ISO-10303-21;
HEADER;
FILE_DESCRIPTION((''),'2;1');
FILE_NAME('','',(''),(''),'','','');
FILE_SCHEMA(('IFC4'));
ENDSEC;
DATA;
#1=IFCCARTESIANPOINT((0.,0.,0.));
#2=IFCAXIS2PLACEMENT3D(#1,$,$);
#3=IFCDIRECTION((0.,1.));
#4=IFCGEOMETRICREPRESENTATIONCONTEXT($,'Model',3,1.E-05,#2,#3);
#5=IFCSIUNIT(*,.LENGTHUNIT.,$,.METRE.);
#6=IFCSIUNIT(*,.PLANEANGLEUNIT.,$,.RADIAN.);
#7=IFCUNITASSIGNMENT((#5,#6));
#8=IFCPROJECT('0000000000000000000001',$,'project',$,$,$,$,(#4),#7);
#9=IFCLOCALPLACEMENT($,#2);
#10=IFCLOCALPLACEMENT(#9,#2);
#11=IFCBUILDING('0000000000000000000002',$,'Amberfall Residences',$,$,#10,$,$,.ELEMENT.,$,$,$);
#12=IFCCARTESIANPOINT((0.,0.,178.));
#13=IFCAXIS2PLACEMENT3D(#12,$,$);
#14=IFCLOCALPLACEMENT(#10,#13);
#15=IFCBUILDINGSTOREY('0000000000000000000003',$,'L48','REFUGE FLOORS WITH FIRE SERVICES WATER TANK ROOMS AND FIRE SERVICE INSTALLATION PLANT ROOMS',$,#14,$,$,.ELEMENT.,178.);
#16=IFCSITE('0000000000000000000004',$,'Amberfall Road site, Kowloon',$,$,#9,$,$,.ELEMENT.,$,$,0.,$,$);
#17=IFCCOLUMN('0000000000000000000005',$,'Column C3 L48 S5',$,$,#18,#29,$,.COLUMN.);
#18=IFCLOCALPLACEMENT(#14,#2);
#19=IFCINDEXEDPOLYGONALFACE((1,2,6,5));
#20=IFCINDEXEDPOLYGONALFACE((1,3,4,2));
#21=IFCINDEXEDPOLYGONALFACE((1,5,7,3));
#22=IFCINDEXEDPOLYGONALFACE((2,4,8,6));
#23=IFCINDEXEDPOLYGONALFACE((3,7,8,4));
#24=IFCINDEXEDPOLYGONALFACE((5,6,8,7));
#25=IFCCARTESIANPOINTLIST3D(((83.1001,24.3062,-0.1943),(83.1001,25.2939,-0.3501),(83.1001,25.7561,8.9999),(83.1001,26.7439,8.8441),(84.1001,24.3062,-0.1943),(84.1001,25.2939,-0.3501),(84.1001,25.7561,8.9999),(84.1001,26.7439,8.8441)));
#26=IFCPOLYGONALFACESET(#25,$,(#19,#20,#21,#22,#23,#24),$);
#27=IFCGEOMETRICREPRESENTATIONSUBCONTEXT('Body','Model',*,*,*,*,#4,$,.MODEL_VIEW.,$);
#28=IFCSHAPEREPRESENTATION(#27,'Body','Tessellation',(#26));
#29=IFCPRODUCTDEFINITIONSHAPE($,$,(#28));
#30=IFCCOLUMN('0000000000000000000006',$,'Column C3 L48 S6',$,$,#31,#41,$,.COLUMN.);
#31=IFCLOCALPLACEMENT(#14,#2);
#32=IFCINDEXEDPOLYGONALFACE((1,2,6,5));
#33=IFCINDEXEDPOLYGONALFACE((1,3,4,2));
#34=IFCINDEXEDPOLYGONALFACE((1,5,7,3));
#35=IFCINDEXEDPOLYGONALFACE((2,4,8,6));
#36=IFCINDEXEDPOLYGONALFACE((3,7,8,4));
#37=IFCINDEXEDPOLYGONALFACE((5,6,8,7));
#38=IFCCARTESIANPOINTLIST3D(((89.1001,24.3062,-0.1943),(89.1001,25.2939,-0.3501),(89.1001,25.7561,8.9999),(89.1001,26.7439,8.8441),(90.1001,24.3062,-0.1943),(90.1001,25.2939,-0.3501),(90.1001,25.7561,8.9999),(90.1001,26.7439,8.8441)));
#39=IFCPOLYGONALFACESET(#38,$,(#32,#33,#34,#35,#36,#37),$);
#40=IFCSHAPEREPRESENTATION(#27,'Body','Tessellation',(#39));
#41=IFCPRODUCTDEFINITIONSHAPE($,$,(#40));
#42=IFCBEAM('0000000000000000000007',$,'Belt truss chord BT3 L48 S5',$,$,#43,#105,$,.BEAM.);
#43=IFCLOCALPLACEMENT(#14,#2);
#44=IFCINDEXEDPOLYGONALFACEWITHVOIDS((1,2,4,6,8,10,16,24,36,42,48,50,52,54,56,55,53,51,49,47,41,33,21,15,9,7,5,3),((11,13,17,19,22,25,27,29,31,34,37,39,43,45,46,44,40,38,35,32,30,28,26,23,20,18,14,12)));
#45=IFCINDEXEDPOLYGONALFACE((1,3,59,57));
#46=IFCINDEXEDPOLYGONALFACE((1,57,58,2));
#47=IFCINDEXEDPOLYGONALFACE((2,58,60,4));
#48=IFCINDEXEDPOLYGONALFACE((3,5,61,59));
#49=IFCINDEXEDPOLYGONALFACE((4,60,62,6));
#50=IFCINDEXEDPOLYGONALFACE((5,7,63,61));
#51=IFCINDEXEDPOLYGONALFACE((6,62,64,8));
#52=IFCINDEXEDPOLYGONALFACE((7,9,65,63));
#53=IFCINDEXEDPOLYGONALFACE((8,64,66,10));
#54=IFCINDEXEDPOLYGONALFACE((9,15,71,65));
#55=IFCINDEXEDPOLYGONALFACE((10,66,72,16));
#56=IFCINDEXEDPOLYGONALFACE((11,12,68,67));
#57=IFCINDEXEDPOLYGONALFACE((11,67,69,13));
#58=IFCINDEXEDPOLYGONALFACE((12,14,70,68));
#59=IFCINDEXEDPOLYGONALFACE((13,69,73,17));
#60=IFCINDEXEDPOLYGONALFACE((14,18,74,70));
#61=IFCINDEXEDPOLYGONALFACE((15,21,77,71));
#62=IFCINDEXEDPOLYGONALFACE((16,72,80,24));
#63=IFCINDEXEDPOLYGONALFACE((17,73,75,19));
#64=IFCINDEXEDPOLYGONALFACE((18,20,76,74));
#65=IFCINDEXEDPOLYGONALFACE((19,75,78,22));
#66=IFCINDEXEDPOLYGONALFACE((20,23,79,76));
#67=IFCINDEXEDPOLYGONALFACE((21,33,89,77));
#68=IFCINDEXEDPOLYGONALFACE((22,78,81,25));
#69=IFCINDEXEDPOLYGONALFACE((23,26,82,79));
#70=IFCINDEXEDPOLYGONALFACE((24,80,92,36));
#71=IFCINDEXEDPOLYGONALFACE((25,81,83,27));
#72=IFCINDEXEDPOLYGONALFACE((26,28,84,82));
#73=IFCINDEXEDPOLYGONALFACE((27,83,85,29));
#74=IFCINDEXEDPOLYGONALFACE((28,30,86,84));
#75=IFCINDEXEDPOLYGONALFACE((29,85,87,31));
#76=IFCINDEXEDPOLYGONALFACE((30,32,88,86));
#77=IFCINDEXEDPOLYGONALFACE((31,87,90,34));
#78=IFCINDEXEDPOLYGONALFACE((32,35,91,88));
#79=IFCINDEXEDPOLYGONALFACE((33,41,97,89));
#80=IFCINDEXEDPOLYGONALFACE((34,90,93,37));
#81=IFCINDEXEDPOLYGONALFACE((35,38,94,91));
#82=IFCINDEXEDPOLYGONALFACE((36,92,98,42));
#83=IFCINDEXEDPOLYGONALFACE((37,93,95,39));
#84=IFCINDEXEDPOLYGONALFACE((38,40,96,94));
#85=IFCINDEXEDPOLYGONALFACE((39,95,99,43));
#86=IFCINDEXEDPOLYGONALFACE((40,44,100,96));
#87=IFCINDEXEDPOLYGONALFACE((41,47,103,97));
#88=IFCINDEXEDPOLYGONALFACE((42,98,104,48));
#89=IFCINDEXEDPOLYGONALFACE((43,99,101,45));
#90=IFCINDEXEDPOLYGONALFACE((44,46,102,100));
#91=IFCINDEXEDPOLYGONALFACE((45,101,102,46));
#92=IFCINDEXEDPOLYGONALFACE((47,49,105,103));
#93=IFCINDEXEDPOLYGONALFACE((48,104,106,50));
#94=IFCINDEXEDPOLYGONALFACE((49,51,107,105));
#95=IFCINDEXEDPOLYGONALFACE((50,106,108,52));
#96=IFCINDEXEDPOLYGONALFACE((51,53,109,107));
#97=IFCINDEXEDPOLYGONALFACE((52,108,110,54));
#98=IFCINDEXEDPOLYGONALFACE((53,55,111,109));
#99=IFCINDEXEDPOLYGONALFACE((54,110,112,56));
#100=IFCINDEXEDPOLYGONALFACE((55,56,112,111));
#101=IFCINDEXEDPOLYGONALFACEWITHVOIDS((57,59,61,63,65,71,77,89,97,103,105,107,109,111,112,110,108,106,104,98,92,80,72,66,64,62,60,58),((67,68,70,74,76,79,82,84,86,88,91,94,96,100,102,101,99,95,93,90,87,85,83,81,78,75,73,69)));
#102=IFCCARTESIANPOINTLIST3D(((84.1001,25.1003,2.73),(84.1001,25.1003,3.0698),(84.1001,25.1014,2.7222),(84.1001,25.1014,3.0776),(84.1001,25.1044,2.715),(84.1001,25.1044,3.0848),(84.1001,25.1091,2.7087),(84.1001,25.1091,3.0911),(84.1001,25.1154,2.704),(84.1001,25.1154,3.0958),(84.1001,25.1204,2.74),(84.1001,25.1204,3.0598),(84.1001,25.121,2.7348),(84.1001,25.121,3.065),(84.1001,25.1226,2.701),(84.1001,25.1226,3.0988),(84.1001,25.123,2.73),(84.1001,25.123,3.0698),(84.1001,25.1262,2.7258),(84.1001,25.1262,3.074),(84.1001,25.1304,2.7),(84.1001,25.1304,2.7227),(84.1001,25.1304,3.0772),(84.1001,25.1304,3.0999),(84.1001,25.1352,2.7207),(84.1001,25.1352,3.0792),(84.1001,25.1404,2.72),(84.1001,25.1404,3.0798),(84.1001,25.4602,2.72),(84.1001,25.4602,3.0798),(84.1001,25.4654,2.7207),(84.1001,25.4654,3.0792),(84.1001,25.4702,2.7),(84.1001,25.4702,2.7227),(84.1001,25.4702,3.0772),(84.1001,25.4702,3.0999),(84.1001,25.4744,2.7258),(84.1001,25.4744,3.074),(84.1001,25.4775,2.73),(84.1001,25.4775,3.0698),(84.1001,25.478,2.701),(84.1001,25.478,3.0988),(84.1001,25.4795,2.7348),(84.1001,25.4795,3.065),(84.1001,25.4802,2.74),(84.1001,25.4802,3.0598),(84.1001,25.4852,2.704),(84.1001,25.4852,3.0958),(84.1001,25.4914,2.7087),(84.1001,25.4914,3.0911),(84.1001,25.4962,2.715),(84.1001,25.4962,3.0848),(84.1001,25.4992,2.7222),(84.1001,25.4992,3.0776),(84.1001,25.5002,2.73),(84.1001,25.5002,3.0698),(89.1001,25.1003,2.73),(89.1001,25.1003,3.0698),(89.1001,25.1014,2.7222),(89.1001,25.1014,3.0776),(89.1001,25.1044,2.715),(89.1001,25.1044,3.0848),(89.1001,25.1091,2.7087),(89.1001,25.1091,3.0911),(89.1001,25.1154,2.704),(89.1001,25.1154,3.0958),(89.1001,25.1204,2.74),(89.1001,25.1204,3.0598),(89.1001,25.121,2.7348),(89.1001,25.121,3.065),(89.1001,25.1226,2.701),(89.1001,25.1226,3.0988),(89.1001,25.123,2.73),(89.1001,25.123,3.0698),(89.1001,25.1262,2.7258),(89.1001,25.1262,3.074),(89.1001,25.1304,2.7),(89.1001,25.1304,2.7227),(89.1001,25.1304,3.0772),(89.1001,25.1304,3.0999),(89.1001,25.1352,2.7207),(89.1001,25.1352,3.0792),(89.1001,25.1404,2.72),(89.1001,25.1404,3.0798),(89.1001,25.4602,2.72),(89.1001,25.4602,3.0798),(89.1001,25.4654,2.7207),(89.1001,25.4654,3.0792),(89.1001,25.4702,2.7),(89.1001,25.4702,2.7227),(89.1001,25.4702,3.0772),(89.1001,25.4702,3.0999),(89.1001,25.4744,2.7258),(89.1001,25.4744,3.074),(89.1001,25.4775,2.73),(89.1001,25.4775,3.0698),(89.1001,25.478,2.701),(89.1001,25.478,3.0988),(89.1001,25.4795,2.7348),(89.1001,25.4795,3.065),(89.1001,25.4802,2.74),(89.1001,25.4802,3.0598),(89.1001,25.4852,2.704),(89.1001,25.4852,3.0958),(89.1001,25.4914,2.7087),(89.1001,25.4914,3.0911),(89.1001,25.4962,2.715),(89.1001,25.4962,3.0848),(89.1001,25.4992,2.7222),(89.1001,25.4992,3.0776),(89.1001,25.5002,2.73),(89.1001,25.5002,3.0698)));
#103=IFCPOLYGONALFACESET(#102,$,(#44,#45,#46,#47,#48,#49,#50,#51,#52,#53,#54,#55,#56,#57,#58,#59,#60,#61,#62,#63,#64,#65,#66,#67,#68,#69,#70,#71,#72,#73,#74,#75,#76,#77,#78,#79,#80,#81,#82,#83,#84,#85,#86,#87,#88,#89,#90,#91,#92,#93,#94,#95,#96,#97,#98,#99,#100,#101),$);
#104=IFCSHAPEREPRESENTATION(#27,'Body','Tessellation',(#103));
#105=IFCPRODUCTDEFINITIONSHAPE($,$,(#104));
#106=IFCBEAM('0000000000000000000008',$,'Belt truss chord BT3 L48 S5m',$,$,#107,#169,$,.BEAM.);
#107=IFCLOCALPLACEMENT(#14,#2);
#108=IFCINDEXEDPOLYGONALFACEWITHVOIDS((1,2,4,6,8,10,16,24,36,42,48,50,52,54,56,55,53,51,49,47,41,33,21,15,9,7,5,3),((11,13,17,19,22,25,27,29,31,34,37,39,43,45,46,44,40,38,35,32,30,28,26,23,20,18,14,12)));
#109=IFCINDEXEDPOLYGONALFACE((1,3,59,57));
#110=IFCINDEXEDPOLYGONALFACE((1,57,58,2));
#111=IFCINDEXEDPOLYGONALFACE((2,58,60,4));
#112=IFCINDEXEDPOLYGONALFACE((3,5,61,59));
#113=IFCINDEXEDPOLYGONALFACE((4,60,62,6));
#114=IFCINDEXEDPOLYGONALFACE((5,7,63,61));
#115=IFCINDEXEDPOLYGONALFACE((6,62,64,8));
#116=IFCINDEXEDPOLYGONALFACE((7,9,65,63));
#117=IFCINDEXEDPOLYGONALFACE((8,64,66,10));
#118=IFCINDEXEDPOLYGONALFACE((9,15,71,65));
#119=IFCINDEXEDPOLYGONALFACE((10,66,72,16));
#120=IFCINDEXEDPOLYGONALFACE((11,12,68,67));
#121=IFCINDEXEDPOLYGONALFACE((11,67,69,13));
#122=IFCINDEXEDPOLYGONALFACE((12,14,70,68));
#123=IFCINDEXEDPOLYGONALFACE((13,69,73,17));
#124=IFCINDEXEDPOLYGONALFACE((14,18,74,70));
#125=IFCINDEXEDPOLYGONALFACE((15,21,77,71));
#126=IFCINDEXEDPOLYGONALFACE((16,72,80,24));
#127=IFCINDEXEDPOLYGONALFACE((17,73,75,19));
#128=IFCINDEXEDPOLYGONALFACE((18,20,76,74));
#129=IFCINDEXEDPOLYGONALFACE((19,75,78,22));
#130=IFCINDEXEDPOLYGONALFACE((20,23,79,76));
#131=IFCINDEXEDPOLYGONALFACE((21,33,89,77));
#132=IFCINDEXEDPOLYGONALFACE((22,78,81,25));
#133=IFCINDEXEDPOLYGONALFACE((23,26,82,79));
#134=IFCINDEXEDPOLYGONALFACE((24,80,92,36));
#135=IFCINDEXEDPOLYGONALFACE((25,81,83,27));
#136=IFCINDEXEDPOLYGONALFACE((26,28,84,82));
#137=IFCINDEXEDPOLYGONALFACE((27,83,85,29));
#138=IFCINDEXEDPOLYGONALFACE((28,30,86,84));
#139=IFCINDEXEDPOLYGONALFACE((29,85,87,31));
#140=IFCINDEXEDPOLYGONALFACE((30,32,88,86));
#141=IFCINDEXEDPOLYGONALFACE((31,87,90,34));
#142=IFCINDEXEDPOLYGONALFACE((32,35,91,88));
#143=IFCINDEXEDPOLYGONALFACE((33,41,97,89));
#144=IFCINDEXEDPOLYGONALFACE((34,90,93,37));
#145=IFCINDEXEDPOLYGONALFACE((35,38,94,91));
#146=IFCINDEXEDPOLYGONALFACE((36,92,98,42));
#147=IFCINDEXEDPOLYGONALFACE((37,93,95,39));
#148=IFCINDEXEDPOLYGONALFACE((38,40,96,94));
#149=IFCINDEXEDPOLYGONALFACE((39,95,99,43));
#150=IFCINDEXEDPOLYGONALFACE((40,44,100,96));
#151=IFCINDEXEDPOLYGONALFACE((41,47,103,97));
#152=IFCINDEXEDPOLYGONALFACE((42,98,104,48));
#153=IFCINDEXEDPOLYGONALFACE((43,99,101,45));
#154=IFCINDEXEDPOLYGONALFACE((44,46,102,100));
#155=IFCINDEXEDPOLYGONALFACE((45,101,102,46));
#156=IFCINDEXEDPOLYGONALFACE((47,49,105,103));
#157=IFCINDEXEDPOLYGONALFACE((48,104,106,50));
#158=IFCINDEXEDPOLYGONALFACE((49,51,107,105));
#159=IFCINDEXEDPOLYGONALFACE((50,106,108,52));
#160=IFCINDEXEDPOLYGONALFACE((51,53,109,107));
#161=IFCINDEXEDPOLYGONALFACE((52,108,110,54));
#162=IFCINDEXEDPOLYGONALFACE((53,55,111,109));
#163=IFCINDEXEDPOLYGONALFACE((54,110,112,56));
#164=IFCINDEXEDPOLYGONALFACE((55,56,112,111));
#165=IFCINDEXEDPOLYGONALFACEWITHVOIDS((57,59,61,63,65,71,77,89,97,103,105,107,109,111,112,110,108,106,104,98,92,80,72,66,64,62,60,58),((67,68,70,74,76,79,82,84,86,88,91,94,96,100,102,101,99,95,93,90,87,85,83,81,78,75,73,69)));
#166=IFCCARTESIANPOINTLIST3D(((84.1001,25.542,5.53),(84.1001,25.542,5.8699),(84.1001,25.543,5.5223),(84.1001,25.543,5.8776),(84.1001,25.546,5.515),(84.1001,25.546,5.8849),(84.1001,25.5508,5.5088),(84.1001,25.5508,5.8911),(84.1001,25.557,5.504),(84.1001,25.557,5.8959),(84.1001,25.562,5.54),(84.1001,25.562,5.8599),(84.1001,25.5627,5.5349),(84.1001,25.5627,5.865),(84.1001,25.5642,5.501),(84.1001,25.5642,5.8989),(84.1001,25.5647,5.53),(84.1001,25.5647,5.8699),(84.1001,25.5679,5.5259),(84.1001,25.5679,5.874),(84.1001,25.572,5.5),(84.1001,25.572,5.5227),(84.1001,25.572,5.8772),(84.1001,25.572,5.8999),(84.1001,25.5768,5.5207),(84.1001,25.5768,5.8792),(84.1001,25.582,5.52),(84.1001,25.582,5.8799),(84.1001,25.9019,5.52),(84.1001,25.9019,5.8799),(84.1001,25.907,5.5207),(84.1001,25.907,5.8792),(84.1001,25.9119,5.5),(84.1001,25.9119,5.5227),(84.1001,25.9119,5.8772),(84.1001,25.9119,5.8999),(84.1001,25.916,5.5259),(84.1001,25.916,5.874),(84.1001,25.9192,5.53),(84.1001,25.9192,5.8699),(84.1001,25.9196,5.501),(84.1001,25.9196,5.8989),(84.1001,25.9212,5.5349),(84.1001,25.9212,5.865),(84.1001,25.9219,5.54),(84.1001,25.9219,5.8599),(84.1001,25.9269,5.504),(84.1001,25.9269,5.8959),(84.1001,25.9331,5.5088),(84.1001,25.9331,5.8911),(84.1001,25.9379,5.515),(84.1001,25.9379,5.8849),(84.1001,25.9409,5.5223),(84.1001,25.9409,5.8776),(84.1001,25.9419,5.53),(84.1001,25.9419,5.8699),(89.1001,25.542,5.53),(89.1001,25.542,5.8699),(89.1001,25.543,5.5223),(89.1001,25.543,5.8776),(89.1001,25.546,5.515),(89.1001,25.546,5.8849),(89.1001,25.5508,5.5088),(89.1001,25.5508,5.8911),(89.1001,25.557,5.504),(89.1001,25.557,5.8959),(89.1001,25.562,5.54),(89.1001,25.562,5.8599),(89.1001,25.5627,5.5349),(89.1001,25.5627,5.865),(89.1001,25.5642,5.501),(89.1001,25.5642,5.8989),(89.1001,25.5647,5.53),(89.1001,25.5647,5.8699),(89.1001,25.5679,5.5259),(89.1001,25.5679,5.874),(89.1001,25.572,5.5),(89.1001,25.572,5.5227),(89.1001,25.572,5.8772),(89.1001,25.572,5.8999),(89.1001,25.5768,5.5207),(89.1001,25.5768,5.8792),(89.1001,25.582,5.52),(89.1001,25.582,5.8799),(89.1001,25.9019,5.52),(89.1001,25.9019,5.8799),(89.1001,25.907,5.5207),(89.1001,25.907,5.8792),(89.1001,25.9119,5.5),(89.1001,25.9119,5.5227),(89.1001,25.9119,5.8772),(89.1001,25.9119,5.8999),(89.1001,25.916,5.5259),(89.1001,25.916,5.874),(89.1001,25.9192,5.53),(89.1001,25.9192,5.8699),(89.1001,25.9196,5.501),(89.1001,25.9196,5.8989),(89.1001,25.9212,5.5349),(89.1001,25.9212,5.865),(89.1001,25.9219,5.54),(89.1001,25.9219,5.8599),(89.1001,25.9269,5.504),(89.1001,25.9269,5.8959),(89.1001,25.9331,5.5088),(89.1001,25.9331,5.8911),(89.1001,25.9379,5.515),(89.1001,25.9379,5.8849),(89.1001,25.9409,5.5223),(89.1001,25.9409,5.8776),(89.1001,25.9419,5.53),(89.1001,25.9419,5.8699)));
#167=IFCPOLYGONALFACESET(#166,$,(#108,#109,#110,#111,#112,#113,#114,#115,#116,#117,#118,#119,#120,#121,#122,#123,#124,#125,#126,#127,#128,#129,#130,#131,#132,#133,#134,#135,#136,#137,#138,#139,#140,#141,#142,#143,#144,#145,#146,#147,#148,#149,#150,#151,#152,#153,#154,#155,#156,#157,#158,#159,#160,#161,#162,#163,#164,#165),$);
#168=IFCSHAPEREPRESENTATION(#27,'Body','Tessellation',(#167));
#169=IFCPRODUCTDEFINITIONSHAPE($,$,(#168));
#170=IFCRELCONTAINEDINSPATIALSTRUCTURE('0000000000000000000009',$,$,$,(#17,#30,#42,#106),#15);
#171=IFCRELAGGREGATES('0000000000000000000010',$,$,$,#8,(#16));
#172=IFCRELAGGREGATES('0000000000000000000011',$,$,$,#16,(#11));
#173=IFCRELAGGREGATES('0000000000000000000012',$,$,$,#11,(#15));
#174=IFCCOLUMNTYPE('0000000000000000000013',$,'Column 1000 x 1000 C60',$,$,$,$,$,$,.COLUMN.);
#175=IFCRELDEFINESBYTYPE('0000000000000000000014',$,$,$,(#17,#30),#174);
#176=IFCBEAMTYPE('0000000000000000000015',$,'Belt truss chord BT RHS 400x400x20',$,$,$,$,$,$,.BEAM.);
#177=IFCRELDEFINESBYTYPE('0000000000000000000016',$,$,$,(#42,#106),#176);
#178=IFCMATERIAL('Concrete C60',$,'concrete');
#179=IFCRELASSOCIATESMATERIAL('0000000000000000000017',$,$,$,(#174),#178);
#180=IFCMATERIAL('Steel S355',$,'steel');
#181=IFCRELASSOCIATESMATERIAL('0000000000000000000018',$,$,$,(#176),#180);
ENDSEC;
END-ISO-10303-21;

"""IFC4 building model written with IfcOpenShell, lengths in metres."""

from ifc_helpers import new_model, si_unit, direction, frame, origin, origin_2d, place, context, subcontext, project, spatial, rectangle, hollow_rectangle, extrude, material, material_profile, profile_set, type_object, element, save


model = new_model("IFC4")

# Units and contexts
model_context = context("Model", 3, precision=1e-05, world=origin(), true_north=direction((0.0, 1.0)))
body_context = subcontext(model_context, "Body", "Model", "MODEL_VIEW")
ifc_project = project(units=[si_unit("LENGTHUNIT", "METRE"), si_unit("PLANEANGLEUNIT", "RADIAN")], contexts=[model_context])

# Site, building, storey
site_placement = place(None, origin())
site = spatial("IfcSite", under=ifc_project, at=site_placement, Name="Amberfall Road site, Kowloon", CompositionType="ELEMENT", RefElevation=0.0)
building_placement = place(site_placement, origin())
building = spatial("IfcBuilding", under=site, at=building_placement, Name="Amberfall Residences", CompositionType="ELEMENT")
storey_placement = place(building_placement, frame((0.0, 0.0, 178.0)))
storey = spatial("IfcBuildingStorey", under=building, at=storey_placement, Name="L48", Description="REFUGE FLOORS WITH FIRE SERVICES WATER TANK ROOMS AND FIRE SERVICE INSTALLATION PLANT ROOMS", CompositionType="ELEMENT", Elevation=178.0)

# Columns
ifc_material_1 = material(Name="Concrete C60", Category="concrete")
ifc_material_profile_1 = material_profile(ifc_material_1, rectangle(XDim=1.0, YDim=1.0, at=origin_2d()), Name="Column 1000 x 1000 C60")
ifc_profile_set_1 = profile_set([ifc_material_profile_1], Name="Concrete C60")
column_type = type_object("IfcColumnType", Name="Column 1000 x 1000 C60", PredefinedType="COLUMN", material=ifc_profile_set_1)
for number, where, z_axis, x_axis, name in (
    (1, (83.6001, 24.8, -0.2722), (0.0, 0.155775, 0.987793), (-1.0, 0.0, 0.0), "Column C3 L48 S5"),
    (2, (89.6001, 24.8, -0.2722), (0.0, 0.155775, 0.987793), (-1.0, 0.0, 0.0), "Column C3 L48 S6"),
):
    element("IfcColumn", number, at=place(storey_placement, frame(where, z_axis=z_axis, x_axis=x_axis)), inside=storey, type_object=column_type, Name=name, PredefinedType="COLUMN", context=body_context, shape_type="SweptSolid", body=[
        extrude(rectangle(XDim=1.0, YDim=1.0, at=origin_2d()), origin(), (0.0, 0.0, 1.0), 9.3079),
    ])

# Beams
ifc_material_2 = material(Name="Steel S355", Category="steel")
ifc_material_profile_2 = material_profile(ifc_material_2, hollow_rectangle(XDim=0.3999, YDim=0.3999, WallThickness=0.02, InnerFilletRadius=0.02, OuterFilletRadius=0.03, at=origin_2d()), Name="RHS 400x400x20")
ifc_profile_set_2 = profile_set([ifc_material_profile_2], Name="Steel S355")
beam_type_1 = type_object("IfcBeamType", Name="Belt truss chord BT RHS 400x400x20", PredefinedType="BEAM", material=ifc_profile_set_2)
for number, where, z_axis, x_axis, name in (
    (3, (84.1001, 25.3003, 2.8999), (1.0, 0.0, 0.0), (0.0, 1.0, 0.0), "Belt truss chord BT3 L48 S5"),
    (4, (84.1001, 25.7419, 5.7), (1.0, 0.0, 0.0), (0.0, 1.0, 0.0), "Belt truss chord BT3 L48 S5m"),
):
    element("IfcBeam", number, at=place(storey_placement, frame(where, z_axis=z_axis, x_axis=x_axis)), inside=storey, type_object=beam_type_1, Name=name, PredefinedType="BEAM", context=body_context, shape_type="SweptSolid", body=[
        extrude(hollow_rectangle(XDim=0.3999, YDim=0.3999, WallThickness=0.02, InnerFilletRadius=0.02, OuterFilletRadius=0.03, at=origin_2d()), origin(), (0.0, 0.0, 1.0), 5.0),
    ])

save(model, "model.ifc")
